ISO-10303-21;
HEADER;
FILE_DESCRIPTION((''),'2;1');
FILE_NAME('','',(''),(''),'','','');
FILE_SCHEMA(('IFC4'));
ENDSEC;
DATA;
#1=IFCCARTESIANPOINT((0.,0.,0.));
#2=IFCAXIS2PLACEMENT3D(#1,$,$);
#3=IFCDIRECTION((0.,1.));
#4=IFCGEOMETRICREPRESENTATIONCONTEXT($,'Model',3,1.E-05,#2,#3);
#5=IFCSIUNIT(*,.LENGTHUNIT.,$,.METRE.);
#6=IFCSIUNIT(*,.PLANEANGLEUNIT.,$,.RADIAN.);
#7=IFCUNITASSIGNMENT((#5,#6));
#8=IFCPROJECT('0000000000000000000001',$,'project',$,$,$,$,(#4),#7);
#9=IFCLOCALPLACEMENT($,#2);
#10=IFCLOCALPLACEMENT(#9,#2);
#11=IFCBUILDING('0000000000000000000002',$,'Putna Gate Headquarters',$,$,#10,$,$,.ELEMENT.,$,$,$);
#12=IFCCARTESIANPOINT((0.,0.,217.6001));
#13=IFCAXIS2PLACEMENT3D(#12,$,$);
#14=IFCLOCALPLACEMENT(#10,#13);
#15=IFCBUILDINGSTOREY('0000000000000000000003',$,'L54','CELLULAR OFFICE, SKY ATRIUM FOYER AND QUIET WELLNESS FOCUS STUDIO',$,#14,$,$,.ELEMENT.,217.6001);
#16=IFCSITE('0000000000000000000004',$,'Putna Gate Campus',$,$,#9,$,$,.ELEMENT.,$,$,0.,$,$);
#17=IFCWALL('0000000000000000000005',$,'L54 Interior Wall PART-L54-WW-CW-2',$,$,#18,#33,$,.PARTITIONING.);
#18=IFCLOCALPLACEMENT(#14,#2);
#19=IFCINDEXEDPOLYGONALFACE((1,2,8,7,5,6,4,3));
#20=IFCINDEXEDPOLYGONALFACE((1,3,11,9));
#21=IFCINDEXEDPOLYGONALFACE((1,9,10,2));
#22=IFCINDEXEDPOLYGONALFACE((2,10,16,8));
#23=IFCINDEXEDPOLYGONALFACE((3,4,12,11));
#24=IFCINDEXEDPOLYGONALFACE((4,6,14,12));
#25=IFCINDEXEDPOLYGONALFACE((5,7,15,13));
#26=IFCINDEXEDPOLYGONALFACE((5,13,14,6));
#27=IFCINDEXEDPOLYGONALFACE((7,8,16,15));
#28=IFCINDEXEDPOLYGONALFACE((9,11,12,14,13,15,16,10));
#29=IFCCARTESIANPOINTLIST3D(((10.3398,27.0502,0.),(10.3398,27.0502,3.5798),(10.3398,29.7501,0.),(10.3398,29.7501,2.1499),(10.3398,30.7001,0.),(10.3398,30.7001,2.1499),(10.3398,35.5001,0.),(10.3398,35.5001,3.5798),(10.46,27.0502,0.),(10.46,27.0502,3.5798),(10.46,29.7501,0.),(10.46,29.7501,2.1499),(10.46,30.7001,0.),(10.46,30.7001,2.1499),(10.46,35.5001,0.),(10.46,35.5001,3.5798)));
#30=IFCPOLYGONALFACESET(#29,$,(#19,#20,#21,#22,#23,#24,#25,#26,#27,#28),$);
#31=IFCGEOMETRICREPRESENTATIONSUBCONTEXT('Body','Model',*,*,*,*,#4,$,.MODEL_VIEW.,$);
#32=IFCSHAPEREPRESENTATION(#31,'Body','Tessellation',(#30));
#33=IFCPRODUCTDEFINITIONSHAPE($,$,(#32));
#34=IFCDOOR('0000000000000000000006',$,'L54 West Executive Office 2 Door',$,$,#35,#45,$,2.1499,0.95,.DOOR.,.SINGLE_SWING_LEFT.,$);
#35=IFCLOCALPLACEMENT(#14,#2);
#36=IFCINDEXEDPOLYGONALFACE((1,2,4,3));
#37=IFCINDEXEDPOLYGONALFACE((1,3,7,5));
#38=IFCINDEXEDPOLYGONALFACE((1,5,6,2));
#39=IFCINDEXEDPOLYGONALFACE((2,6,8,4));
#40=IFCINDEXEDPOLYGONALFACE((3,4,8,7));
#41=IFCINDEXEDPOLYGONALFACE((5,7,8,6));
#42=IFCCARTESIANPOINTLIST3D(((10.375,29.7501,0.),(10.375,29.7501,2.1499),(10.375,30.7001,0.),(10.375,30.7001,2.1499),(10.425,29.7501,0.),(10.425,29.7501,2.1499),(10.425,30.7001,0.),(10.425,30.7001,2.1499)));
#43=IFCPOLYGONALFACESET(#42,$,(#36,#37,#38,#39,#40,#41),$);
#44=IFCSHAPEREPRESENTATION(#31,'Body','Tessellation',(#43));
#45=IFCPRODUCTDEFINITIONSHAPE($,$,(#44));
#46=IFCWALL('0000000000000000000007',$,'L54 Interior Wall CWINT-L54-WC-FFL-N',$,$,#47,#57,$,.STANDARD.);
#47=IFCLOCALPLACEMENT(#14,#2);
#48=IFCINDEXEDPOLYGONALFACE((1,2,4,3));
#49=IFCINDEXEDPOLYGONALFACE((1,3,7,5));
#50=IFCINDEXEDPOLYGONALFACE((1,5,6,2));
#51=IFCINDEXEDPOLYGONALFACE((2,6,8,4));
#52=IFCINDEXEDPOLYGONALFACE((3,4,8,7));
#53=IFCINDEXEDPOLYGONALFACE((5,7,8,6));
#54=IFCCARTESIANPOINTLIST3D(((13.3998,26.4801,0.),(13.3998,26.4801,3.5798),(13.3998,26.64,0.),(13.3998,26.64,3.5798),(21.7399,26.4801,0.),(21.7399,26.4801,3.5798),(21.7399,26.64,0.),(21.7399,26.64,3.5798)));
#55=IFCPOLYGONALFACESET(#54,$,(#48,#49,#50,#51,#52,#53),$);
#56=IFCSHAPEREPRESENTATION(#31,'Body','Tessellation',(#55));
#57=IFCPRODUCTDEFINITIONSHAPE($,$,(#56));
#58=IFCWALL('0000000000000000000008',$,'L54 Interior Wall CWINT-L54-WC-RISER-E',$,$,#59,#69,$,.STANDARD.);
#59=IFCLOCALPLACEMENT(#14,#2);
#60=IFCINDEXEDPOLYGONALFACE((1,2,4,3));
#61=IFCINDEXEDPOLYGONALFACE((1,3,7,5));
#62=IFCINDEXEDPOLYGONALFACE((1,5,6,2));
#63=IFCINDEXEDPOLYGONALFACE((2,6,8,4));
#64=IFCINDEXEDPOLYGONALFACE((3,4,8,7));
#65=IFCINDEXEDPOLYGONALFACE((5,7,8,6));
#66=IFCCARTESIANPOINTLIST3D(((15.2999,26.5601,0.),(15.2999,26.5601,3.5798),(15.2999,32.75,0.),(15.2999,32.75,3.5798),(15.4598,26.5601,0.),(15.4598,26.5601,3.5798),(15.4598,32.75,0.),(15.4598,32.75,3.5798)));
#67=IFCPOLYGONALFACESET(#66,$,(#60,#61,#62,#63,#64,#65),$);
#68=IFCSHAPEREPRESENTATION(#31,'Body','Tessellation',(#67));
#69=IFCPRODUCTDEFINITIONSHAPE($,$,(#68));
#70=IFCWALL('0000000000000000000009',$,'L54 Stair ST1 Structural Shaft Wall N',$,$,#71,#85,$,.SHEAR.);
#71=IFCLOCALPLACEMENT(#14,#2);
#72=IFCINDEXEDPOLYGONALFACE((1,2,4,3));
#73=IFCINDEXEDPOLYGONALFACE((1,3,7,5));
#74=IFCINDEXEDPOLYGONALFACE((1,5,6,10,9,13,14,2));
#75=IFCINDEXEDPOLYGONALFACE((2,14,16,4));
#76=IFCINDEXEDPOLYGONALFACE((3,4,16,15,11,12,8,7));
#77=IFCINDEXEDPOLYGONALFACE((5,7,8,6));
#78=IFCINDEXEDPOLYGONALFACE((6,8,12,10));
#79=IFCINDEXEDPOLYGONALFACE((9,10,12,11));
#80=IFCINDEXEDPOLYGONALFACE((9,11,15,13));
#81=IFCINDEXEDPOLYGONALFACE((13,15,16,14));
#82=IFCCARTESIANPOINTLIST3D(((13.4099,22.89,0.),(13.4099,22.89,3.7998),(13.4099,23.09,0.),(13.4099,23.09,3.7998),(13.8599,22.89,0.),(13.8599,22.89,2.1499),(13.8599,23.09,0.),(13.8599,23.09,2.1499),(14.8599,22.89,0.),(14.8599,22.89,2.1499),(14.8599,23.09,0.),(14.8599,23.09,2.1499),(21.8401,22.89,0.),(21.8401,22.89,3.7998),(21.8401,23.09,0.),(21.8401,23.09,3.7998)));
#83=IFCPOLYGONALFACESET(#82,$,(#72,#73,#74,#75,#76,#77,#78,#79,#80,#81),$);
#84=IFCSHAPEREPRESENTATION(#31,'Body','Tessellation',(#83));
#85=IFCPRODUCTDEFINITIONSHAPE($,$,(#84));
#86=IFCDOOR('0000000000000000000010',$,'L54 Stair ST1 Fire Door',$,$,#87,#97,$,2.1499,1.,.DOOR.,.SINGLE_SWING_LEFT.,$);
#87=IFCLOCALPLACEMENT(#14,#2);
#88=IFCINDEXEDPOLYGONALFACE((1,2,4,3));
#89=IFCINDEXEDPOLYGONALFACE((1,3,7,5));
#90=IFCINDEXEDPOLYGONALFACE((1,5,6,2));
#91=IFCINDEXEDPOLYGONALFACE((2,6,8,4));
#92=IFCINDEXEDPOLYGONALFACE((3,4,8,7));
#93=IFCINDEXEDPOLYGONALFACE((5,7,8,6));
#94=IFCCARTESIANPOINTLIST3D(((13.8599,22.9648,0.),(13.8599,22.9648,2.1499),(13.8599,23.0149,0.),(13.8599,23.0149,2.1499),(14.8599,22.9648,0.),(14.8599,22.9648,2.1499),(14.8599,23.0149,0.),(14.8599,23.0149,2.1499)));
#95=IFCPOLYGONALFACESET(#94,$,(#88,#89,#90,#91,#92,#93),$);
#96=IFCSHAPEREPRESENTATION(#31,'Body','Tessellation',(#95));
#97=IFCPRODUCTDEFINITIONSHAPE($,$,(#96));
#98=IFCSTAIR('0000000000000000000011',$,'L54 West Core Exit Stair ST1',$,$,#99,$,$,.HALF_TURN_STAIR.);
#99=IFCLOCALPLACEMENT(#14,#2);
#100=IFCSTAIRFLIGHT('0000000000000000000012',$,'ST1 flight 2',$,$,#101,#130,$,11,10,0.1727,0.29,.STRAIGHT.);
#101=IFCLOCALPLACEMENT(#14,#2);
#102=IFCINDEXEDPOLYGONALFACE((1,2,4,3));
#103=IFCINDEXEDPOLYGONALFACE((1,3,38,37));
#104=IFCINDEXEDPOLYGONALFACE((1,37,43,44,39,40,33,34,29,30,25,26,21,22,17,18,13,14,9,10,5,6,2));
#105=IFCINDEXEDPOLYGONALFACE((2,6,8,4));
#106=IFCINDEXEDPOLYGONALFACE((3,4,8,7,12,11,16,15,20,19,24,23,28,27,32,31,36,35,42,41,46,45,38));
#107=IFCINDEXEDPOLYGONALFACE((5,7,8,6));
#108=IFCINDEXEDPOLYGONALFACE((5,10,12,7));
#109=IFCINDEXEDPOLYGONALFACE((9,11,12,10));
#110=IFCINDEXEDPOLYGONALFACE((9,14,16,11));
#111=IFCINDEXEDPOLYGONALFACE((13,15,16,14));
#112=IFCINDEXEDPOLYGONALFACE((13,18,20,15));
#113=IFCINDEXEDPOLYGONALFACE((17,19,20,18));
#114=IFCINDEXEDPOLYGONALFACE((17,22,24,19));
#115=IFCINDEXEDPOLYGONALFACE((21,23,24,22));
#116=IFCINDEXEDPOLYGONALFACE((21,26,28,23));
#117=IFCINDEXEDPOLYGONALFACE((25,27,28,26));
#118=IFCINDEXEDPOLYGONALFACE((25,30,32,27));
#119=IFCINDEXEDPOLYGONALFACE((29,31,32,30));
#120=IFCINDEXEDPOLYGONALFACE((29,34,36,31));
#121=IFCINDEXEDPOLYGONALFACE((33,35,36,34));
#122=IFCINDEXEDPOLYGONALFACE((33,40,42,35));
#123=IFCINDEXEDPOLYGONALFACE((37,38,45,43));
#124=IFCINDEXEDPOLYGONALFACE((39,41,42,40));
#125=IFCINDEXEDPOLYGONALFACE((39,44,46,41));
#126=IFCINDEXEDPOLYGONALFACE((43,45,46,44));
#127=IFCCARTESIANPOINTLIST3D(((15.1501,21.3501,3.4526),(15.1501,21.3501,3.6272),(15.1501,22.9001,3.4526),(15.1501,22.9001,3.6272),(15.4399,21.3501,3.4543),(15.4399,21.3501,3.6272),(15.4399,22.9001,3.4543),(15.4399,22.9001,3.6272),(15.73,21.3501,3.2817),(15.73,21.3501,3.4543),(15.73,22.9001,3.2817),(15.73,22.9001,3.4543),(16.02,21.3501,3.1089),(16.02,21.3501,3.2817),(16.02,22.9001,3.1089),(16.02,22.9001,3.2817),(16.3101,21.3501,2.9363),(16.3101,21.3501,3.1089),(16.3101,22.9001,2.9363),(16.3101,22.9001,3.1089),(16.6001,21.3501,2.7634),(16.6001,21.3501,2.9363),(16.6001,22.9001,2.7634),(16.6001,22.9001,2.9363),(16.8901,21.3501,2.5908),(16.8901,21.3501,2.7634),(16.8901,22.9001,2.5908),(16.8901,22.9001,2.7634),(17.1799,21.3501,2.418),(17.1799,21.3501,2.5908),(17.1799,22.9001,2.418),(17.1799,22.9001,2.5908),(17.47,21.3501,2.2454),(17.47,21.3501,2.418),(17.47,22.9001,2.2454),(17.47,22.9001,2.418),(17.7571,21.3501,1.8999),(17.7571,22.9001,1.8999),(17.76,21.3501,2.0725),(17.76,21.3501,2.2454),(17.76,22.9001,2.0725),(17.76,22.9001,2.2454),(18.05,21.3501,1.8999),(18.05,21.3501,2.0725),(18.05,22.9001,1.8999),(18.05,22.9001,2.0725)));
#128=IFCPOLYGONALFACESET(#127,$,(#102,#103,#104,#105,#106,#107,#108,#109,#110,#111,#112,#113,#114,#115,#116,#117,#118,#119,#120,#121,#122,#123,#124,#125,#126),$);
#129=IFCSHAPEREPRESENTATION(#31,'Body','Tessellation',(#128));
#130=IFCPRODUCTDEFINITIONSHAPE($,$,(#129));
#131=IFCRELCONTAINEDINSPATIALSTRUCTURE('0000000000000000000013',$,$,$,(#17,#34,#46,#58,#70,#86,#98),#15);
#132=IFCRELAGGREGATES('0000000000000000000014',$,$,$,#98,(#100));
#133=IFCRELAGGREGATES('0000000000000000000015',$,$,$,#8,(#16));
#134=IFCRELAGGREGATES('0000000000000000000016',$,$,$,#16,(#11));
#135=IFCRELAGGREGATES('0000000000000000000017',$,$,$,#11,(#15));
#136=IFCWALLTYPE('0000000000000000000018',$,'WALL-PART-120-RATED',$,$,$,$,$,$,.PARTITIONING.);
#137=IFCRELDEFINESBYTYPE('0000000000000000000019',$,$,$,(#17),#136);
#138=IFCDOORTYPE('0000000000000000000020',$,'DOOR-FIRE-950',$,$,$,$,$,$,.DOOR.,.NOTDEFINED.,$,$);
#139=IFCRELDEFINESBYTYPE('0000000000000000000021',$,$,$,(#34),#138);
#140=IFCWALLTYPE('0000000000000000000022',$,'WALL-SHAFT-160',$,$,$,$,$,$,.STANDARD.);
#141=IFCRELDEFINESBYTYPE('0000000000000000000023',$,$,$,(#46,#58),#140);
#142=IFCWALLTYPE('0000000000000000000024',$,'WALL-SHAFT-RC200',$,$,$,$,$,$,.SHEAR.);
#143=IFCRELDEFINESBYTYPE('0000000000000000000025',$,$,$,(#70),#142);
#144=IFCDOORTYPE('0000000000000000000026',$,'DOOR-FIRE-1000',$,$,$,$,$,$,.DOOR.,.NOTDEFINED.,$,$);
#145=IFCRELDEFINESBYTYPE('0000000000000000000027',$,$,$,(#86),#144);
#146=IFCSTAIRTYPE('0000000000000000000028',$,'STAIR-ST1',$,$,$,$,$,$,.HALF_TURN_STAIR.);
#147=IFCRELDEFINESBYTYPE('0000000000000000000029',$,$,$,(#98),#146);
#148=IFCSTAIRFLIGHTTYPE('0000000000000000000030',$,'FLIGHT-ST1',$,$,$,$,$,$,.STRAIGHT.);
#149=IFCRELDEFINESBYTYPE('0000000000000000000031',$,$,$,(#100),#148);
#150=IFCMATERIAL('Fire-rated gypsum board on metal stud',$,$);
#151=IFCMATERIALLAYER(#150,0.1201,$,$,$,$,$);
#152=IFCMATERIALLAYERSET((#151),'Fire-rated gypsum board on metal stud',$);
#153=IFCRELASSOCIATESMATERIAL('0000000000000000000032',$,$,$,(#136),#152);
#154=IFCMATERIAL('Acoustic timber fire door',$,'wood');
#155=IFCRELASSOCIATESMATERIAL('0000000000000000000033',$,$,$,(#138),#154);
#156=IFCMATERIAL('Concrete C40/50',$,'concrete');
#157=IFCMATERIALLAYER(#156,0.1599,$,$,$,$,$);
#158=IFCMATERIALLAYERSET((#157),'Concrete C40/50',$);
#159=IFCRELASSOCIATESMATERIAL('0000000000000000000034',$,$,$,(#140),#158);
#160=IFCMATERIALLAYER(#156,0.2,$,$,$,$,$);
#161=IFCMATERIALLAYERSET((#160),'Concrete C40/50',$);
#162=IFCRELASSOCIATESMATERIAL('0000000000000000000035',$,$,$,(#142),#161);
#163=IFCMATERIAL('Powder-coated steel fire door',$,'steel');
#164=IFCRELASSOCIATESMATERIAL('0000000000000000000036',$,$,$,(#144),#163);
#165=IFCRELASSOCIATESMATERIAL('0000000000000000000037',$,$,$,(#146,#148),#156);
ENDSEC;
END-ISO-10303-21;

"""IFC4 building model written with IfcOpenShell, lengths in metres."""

from ifc_helpers import new_model, si_unit, direction, frame, frame_2d, origin, place, context, subcontext, project, spatial, polyline, rectangle, outline, extrude, material, layer, layer_set, type_object, element, fill, aggregate, save


model = new_model("IFC4")

# Units and contexts
model_context = context("Model", 3, precision=1e-05, world=origin(), true_north=direction((0.0, 1.0)))
body_context = subcontext(model_context, "Body", "Model", "MODEL_VIEW")
ifc_project = project(units=[si_unit("LENGTHUNIT", "METRE"), si_unit("PLANEANGLEUNIT", "RADIAN")], contexts=[model_context])

# Site, building, storey
site_placement = place(None, origin())
site = spatial("IfcSite", under=ifc_project, at=site_placement, Name="Putna Gate Campus", CompositionType="ELEMENT", RefElevation=0.0)
building_placement = place(site_placement, origin())
building = spatial("IfcBuilding", under=site, at=building_placement, Name="Putna Gate Headquarters", CompositionType="ELEMENT")
storey_placement = place(building_placement, frame((0.0, 0.0, 217.6001)))
storey = spatial("IfcBuildingStorey", under=building, at=storey_placement, Name="L54", Description="CELLULAR OFFICE, SKY ATRIUM FOYER AND QUIET WELLNESS FOCUS STUDIO", CompositionType="ELEMENT", Elevation=217.6001)

# Shared definitions
ifc_material_1 = material(Name="Fire-rated gypsum board on metal stud")
ifc_layer_1 = layer(ifc_material_1, 0.1201)
ifc_layer_set_1 = layer_set([ifc_layer_1], Name="Fire-rated gypsum board on metal stud")
wall_type_1 = type_object("IfcWallType", Name="WALL-PART-120-RATED", PredefinedType="PARTITIONING", material=ifc_layer_set_1)

# Wall, opening, door
wall_1_placement = place(storey_placement, frame((10.3999, 27.05, 0.0), z_axis=(0.0, 0.0, 1.0), x_axis=(0.0, 1.0, 0.0)))
wall_1 = element("IfcWall", 1, at=wall_1_placement, inside=storey, type_object=wall_type_1, Name="L54 Interior Wall PART-L54-WW-CW-2", PredefinedType="PARTITIONING", context=body_context, shape_type="SweptSolid", body=[
    extrude(rectangle(XDim=8.45, YDim=0.1201, at=frame_2d((4.2251, 0.0))), origin(), (0.0, 0.0, 1.0), 3.5798),
])
opening_1_placement = place(wall_1_placement, frame((2.7, 0.0, 0.0)))
opening_1 = element("IfcOpeningElement", 2, at=opening_1_placement, cuts=wall_1, PredefinedType="OPENING", context=body_context, shape_type="SweptSolid", body=[
    extrude(rectangle(XDim=0.95, YDim=2.1499, at=frame_2d((0.4751, 1.075))), frame((0.0, 0.0701, 0.0), z_axis=(0.0, -1.0, 0.0), x_axis=(1.0, 0.0, 0.0)), (0.0, 0.0, 1.0), 0.1401),
])
ifc_material_2 = material(Name="Acoustic timber fire door", Category="wood")
door_type_1 = type_object("IfcDoorType", Name="DOOR-FIRE-950", OperationType="NOTDEFINED", PredefinedType="DOOR", material=ifc_material_2)
door_1_placement = place(opening_1_placement, origin())
door_1 = element("IfcDoor", 3, at=door_1_placement, inside=storey, type_object=door_type_1, Name="L54 West Executive Office 2 Door", OperationType="SINGLE_SWING_LEFT", OverallHeight=2.1499, OverallWidth=0.95, PredefinedType="DOOR", context=body_context, shape_type="SweptSolid", body=[
    extrude(rectangle(XDim=0.95, YDim=2.1499, at=frame_2d((0.4751, 1.075))), frame((0.0, 0.0249, 0.0), z_axis=(0.0, -1.0, 0.0), x_axis=(1.0, 0.0, 0.0)), (0.0, 0.0, 1.0), 0.05),
])
fill(opening_1, door_1)

# Walls
ifc_material_3 = material(Name="Concrete C40/50", Category="concrete")
ifc_layer_2 = layer(ifc_material_3, 0.1599)
ifc_layer_set_2 = layer_set([ifc_layer_2], Name="Concrete C40/50")
wall_type_2 = type_object("IfcWallType", Name="WALL-SHAFT-160", PredefinedType="STANDARD", material=ifc_layer_set_2)
wall_2_placement = place(storey_placement, frame((13.3999, 26.5601, 0.0), z_axis=(0.0, 0.0, 1.0), x_axis=(1.0, 0.0, 0.0)))
element("IfcWall", 4, at=wall_2_placement, inside=storey, type_object=wall_type_2, Name="L54 Interior Wall CWINT-L54-WC-FFL-N", PredefinedType="STANDARD", context=body_context, shape_type="SweptSolid", body=[
    extrude(rectangle(XDim=8.3401, YDim=0.1599, at=frame_2d((4.1699, 0.0))), origin(), (0.0, 0.0, 1.0), 3.5798),
])
wall_3_placement = place(storey_placement, frame((15.3799, 26.5601, 0.0), z_axis=(0.0, 0.0, 1.0), x_axis=(0.0, 1.0, 0.0)))
element("IfcWall", 5, at=wall_3_placement, inside=storey, type_object=wall_type_2, Name="L54 Interior Wall CWINT-L54-WC-RISER-E", PredefinedType="STANDARD", context=body_context, shape_type="SweptSolid", body=[
    extrude(rectangle(XDim=6.1899, YDim=0.1599, at=frame_2d((3.095, 0.0))), origin(), (0.0, 0.0, 1.0), 3.5798),
])

# Wall, opening, door
ifc_layer_3 = layer(ifc_material_3, 0.2)
ifc_layer_set_3 = layer_set([ifc_layer_3], Name="Concrete C40/50")
wall_type_3 = type_object("IfcWallType", Name="WALL-SHAFT-RC200", PredefinedType="SHEAR", material=ifc_layer_set_3)
wall_4_placement = place(storey_placement, frame((13.4099, 22.99, 0.0), z_axis=(0.0, 0.0, 1.0), x_axis=(1.0, 0.0, 0.0)))
wall_4 = element("IfcWall", 6, at=wall_4_placement, inside=storey, type_object=wall_type_3, Name="L54 Stair ST1 Structural Shaft Wall N", PredefinedType="SHEAR", context=body_context, shape_type="SweptSolid", body=[
    extrude(rectangle(XDim=8.4302, YDim=0.2, at=frame_2d((4.2151, 0.0))), origin(), (0.0, 0.0, 1.0), 3.7998),
])
opening_2_placement = place(wall_4_placement, frame((0.45, 0.0, 0.0)))
opening_2 = element("IfcOpeningElement", 7, at=opening_2_placement, cuts=wall_4, PredefinedType="OPENING", context=body_context, shape_type="SweptSolid", body=[
    extrude(rectangle(XDim=1.0, YDim=2.1499, at=frame_2d((0.5, 1.075))), frame((0.0, 0.1099, 0.0), z_axis=(0.0, -1.0, 0.0), x_axis=(1.0, 0.0, 0.0)), (0.0, 0.0, 1.0), 0.22),
])
ifc_material_4 = material(Name="Powder-coated steel fire door", Category="steel")
door_type_2 = type_object("IfcDoorType", Name="DOOR-FIRE-1000", OperationType="NOTDEFINED", PredefinedType="DOOR", material=ifc_material_4)
door_2_placement = place(opening_2_placement, origin())
door_2 = element("IfcDoor", 8, at=door_2_placement, inside=storey, type_object=door_type_2, Name="L54 Stair ST1 Fire Door", OperationType="SINGLE_SWING_LEFT", OverallHeight=2.1499, OverallWidth=1.0, PredefinedType="DOOR", context=body_context, shape_type="SweptSolid", body=[
    extrude(rectangle(XDim=1.0, YDim=2.1499, at=frame_2d((0.5, 1.075))), frame((0.0, 0.0249, 0.0), z_axis=(0.0, -1.0, 0.0), x_axis=(1.0, 0.0, 0.0)), (0.0, 0.0, 1.0), 0.05),
])
fill(opening_2, door_2)

# Stair, stair flight
stair_type = type_object("IfcStairType", Name="STAIR-ST1", PredefinedType="HALF_TURN_STAIR", material=ifc_material_3)
stair_placement = place(storey_placement, origin())
stair = element("IfcStair", 9, at=stair_placement, inside=storey, type_object=stair_type, Name="L54 West Core Exit Stair ST1", PredefinedType="HALF_TURN_STAIR")
stair_flight_type = type_object("IfcStairFlightType", Name="FLIGHT-ST1", PredefinedType="STRAIGHT", material=ifc_material_3)
stair_flight_placement = place(storey_placement, frame((18.05, 22.125, 1.8999), z_axis=(0.0, 0.0, 1.0), x_axis=(-1.0, 0.0, 0.0)))
stair_flight = element("IfcStairFlight", 10, at=stair_flight_placement, type_object=stair_flight_type, Name="ST1 flight 2", NumberOfRisers=11, NumberOfTreads=10, PredefinedType="STRAIGHT", RiserHeight=0.1727, TreadLength=0.29, context=body_context, shape_type="SweptSolid", body=[
    extrude(outline(polyline([(0.0, 0.0), (0.0, 0.1726), (0.29, 0.1726), (0.29, 0.3455), (0.5801, 0.3455), (0.5801, 0.5181), (0.8701, 0.5181), (0.8701, 0.6909), (1.1599, 0.6909), (1.1599, 0.8635), (1.45, 0.8635), (1.45, 1.0364), (1.74, 1.0364), (1.74, 1.209), (2.03, 1.209), (2.03, 1.3818), (2.3201, 1.3818), (2.3201, 1.5544), (2.6101, 1.5544), (2.6101, 1.7273), (2.8999, 1.7273), (2.8999, 1.8999), (2.8999, 1.5527), (0.293, 0.0), (0.0, 0.0)])), frame((0.0, 0.7749, 0.0), z_axis=(0.0, -1.0, 0.0), x_axis=(1.0, 0.0, 0.0)), (0.0, 0.0, 1.0), 1.55),
])
aggregate(stair, [stair_flight])

save(model, "model.ifc")
